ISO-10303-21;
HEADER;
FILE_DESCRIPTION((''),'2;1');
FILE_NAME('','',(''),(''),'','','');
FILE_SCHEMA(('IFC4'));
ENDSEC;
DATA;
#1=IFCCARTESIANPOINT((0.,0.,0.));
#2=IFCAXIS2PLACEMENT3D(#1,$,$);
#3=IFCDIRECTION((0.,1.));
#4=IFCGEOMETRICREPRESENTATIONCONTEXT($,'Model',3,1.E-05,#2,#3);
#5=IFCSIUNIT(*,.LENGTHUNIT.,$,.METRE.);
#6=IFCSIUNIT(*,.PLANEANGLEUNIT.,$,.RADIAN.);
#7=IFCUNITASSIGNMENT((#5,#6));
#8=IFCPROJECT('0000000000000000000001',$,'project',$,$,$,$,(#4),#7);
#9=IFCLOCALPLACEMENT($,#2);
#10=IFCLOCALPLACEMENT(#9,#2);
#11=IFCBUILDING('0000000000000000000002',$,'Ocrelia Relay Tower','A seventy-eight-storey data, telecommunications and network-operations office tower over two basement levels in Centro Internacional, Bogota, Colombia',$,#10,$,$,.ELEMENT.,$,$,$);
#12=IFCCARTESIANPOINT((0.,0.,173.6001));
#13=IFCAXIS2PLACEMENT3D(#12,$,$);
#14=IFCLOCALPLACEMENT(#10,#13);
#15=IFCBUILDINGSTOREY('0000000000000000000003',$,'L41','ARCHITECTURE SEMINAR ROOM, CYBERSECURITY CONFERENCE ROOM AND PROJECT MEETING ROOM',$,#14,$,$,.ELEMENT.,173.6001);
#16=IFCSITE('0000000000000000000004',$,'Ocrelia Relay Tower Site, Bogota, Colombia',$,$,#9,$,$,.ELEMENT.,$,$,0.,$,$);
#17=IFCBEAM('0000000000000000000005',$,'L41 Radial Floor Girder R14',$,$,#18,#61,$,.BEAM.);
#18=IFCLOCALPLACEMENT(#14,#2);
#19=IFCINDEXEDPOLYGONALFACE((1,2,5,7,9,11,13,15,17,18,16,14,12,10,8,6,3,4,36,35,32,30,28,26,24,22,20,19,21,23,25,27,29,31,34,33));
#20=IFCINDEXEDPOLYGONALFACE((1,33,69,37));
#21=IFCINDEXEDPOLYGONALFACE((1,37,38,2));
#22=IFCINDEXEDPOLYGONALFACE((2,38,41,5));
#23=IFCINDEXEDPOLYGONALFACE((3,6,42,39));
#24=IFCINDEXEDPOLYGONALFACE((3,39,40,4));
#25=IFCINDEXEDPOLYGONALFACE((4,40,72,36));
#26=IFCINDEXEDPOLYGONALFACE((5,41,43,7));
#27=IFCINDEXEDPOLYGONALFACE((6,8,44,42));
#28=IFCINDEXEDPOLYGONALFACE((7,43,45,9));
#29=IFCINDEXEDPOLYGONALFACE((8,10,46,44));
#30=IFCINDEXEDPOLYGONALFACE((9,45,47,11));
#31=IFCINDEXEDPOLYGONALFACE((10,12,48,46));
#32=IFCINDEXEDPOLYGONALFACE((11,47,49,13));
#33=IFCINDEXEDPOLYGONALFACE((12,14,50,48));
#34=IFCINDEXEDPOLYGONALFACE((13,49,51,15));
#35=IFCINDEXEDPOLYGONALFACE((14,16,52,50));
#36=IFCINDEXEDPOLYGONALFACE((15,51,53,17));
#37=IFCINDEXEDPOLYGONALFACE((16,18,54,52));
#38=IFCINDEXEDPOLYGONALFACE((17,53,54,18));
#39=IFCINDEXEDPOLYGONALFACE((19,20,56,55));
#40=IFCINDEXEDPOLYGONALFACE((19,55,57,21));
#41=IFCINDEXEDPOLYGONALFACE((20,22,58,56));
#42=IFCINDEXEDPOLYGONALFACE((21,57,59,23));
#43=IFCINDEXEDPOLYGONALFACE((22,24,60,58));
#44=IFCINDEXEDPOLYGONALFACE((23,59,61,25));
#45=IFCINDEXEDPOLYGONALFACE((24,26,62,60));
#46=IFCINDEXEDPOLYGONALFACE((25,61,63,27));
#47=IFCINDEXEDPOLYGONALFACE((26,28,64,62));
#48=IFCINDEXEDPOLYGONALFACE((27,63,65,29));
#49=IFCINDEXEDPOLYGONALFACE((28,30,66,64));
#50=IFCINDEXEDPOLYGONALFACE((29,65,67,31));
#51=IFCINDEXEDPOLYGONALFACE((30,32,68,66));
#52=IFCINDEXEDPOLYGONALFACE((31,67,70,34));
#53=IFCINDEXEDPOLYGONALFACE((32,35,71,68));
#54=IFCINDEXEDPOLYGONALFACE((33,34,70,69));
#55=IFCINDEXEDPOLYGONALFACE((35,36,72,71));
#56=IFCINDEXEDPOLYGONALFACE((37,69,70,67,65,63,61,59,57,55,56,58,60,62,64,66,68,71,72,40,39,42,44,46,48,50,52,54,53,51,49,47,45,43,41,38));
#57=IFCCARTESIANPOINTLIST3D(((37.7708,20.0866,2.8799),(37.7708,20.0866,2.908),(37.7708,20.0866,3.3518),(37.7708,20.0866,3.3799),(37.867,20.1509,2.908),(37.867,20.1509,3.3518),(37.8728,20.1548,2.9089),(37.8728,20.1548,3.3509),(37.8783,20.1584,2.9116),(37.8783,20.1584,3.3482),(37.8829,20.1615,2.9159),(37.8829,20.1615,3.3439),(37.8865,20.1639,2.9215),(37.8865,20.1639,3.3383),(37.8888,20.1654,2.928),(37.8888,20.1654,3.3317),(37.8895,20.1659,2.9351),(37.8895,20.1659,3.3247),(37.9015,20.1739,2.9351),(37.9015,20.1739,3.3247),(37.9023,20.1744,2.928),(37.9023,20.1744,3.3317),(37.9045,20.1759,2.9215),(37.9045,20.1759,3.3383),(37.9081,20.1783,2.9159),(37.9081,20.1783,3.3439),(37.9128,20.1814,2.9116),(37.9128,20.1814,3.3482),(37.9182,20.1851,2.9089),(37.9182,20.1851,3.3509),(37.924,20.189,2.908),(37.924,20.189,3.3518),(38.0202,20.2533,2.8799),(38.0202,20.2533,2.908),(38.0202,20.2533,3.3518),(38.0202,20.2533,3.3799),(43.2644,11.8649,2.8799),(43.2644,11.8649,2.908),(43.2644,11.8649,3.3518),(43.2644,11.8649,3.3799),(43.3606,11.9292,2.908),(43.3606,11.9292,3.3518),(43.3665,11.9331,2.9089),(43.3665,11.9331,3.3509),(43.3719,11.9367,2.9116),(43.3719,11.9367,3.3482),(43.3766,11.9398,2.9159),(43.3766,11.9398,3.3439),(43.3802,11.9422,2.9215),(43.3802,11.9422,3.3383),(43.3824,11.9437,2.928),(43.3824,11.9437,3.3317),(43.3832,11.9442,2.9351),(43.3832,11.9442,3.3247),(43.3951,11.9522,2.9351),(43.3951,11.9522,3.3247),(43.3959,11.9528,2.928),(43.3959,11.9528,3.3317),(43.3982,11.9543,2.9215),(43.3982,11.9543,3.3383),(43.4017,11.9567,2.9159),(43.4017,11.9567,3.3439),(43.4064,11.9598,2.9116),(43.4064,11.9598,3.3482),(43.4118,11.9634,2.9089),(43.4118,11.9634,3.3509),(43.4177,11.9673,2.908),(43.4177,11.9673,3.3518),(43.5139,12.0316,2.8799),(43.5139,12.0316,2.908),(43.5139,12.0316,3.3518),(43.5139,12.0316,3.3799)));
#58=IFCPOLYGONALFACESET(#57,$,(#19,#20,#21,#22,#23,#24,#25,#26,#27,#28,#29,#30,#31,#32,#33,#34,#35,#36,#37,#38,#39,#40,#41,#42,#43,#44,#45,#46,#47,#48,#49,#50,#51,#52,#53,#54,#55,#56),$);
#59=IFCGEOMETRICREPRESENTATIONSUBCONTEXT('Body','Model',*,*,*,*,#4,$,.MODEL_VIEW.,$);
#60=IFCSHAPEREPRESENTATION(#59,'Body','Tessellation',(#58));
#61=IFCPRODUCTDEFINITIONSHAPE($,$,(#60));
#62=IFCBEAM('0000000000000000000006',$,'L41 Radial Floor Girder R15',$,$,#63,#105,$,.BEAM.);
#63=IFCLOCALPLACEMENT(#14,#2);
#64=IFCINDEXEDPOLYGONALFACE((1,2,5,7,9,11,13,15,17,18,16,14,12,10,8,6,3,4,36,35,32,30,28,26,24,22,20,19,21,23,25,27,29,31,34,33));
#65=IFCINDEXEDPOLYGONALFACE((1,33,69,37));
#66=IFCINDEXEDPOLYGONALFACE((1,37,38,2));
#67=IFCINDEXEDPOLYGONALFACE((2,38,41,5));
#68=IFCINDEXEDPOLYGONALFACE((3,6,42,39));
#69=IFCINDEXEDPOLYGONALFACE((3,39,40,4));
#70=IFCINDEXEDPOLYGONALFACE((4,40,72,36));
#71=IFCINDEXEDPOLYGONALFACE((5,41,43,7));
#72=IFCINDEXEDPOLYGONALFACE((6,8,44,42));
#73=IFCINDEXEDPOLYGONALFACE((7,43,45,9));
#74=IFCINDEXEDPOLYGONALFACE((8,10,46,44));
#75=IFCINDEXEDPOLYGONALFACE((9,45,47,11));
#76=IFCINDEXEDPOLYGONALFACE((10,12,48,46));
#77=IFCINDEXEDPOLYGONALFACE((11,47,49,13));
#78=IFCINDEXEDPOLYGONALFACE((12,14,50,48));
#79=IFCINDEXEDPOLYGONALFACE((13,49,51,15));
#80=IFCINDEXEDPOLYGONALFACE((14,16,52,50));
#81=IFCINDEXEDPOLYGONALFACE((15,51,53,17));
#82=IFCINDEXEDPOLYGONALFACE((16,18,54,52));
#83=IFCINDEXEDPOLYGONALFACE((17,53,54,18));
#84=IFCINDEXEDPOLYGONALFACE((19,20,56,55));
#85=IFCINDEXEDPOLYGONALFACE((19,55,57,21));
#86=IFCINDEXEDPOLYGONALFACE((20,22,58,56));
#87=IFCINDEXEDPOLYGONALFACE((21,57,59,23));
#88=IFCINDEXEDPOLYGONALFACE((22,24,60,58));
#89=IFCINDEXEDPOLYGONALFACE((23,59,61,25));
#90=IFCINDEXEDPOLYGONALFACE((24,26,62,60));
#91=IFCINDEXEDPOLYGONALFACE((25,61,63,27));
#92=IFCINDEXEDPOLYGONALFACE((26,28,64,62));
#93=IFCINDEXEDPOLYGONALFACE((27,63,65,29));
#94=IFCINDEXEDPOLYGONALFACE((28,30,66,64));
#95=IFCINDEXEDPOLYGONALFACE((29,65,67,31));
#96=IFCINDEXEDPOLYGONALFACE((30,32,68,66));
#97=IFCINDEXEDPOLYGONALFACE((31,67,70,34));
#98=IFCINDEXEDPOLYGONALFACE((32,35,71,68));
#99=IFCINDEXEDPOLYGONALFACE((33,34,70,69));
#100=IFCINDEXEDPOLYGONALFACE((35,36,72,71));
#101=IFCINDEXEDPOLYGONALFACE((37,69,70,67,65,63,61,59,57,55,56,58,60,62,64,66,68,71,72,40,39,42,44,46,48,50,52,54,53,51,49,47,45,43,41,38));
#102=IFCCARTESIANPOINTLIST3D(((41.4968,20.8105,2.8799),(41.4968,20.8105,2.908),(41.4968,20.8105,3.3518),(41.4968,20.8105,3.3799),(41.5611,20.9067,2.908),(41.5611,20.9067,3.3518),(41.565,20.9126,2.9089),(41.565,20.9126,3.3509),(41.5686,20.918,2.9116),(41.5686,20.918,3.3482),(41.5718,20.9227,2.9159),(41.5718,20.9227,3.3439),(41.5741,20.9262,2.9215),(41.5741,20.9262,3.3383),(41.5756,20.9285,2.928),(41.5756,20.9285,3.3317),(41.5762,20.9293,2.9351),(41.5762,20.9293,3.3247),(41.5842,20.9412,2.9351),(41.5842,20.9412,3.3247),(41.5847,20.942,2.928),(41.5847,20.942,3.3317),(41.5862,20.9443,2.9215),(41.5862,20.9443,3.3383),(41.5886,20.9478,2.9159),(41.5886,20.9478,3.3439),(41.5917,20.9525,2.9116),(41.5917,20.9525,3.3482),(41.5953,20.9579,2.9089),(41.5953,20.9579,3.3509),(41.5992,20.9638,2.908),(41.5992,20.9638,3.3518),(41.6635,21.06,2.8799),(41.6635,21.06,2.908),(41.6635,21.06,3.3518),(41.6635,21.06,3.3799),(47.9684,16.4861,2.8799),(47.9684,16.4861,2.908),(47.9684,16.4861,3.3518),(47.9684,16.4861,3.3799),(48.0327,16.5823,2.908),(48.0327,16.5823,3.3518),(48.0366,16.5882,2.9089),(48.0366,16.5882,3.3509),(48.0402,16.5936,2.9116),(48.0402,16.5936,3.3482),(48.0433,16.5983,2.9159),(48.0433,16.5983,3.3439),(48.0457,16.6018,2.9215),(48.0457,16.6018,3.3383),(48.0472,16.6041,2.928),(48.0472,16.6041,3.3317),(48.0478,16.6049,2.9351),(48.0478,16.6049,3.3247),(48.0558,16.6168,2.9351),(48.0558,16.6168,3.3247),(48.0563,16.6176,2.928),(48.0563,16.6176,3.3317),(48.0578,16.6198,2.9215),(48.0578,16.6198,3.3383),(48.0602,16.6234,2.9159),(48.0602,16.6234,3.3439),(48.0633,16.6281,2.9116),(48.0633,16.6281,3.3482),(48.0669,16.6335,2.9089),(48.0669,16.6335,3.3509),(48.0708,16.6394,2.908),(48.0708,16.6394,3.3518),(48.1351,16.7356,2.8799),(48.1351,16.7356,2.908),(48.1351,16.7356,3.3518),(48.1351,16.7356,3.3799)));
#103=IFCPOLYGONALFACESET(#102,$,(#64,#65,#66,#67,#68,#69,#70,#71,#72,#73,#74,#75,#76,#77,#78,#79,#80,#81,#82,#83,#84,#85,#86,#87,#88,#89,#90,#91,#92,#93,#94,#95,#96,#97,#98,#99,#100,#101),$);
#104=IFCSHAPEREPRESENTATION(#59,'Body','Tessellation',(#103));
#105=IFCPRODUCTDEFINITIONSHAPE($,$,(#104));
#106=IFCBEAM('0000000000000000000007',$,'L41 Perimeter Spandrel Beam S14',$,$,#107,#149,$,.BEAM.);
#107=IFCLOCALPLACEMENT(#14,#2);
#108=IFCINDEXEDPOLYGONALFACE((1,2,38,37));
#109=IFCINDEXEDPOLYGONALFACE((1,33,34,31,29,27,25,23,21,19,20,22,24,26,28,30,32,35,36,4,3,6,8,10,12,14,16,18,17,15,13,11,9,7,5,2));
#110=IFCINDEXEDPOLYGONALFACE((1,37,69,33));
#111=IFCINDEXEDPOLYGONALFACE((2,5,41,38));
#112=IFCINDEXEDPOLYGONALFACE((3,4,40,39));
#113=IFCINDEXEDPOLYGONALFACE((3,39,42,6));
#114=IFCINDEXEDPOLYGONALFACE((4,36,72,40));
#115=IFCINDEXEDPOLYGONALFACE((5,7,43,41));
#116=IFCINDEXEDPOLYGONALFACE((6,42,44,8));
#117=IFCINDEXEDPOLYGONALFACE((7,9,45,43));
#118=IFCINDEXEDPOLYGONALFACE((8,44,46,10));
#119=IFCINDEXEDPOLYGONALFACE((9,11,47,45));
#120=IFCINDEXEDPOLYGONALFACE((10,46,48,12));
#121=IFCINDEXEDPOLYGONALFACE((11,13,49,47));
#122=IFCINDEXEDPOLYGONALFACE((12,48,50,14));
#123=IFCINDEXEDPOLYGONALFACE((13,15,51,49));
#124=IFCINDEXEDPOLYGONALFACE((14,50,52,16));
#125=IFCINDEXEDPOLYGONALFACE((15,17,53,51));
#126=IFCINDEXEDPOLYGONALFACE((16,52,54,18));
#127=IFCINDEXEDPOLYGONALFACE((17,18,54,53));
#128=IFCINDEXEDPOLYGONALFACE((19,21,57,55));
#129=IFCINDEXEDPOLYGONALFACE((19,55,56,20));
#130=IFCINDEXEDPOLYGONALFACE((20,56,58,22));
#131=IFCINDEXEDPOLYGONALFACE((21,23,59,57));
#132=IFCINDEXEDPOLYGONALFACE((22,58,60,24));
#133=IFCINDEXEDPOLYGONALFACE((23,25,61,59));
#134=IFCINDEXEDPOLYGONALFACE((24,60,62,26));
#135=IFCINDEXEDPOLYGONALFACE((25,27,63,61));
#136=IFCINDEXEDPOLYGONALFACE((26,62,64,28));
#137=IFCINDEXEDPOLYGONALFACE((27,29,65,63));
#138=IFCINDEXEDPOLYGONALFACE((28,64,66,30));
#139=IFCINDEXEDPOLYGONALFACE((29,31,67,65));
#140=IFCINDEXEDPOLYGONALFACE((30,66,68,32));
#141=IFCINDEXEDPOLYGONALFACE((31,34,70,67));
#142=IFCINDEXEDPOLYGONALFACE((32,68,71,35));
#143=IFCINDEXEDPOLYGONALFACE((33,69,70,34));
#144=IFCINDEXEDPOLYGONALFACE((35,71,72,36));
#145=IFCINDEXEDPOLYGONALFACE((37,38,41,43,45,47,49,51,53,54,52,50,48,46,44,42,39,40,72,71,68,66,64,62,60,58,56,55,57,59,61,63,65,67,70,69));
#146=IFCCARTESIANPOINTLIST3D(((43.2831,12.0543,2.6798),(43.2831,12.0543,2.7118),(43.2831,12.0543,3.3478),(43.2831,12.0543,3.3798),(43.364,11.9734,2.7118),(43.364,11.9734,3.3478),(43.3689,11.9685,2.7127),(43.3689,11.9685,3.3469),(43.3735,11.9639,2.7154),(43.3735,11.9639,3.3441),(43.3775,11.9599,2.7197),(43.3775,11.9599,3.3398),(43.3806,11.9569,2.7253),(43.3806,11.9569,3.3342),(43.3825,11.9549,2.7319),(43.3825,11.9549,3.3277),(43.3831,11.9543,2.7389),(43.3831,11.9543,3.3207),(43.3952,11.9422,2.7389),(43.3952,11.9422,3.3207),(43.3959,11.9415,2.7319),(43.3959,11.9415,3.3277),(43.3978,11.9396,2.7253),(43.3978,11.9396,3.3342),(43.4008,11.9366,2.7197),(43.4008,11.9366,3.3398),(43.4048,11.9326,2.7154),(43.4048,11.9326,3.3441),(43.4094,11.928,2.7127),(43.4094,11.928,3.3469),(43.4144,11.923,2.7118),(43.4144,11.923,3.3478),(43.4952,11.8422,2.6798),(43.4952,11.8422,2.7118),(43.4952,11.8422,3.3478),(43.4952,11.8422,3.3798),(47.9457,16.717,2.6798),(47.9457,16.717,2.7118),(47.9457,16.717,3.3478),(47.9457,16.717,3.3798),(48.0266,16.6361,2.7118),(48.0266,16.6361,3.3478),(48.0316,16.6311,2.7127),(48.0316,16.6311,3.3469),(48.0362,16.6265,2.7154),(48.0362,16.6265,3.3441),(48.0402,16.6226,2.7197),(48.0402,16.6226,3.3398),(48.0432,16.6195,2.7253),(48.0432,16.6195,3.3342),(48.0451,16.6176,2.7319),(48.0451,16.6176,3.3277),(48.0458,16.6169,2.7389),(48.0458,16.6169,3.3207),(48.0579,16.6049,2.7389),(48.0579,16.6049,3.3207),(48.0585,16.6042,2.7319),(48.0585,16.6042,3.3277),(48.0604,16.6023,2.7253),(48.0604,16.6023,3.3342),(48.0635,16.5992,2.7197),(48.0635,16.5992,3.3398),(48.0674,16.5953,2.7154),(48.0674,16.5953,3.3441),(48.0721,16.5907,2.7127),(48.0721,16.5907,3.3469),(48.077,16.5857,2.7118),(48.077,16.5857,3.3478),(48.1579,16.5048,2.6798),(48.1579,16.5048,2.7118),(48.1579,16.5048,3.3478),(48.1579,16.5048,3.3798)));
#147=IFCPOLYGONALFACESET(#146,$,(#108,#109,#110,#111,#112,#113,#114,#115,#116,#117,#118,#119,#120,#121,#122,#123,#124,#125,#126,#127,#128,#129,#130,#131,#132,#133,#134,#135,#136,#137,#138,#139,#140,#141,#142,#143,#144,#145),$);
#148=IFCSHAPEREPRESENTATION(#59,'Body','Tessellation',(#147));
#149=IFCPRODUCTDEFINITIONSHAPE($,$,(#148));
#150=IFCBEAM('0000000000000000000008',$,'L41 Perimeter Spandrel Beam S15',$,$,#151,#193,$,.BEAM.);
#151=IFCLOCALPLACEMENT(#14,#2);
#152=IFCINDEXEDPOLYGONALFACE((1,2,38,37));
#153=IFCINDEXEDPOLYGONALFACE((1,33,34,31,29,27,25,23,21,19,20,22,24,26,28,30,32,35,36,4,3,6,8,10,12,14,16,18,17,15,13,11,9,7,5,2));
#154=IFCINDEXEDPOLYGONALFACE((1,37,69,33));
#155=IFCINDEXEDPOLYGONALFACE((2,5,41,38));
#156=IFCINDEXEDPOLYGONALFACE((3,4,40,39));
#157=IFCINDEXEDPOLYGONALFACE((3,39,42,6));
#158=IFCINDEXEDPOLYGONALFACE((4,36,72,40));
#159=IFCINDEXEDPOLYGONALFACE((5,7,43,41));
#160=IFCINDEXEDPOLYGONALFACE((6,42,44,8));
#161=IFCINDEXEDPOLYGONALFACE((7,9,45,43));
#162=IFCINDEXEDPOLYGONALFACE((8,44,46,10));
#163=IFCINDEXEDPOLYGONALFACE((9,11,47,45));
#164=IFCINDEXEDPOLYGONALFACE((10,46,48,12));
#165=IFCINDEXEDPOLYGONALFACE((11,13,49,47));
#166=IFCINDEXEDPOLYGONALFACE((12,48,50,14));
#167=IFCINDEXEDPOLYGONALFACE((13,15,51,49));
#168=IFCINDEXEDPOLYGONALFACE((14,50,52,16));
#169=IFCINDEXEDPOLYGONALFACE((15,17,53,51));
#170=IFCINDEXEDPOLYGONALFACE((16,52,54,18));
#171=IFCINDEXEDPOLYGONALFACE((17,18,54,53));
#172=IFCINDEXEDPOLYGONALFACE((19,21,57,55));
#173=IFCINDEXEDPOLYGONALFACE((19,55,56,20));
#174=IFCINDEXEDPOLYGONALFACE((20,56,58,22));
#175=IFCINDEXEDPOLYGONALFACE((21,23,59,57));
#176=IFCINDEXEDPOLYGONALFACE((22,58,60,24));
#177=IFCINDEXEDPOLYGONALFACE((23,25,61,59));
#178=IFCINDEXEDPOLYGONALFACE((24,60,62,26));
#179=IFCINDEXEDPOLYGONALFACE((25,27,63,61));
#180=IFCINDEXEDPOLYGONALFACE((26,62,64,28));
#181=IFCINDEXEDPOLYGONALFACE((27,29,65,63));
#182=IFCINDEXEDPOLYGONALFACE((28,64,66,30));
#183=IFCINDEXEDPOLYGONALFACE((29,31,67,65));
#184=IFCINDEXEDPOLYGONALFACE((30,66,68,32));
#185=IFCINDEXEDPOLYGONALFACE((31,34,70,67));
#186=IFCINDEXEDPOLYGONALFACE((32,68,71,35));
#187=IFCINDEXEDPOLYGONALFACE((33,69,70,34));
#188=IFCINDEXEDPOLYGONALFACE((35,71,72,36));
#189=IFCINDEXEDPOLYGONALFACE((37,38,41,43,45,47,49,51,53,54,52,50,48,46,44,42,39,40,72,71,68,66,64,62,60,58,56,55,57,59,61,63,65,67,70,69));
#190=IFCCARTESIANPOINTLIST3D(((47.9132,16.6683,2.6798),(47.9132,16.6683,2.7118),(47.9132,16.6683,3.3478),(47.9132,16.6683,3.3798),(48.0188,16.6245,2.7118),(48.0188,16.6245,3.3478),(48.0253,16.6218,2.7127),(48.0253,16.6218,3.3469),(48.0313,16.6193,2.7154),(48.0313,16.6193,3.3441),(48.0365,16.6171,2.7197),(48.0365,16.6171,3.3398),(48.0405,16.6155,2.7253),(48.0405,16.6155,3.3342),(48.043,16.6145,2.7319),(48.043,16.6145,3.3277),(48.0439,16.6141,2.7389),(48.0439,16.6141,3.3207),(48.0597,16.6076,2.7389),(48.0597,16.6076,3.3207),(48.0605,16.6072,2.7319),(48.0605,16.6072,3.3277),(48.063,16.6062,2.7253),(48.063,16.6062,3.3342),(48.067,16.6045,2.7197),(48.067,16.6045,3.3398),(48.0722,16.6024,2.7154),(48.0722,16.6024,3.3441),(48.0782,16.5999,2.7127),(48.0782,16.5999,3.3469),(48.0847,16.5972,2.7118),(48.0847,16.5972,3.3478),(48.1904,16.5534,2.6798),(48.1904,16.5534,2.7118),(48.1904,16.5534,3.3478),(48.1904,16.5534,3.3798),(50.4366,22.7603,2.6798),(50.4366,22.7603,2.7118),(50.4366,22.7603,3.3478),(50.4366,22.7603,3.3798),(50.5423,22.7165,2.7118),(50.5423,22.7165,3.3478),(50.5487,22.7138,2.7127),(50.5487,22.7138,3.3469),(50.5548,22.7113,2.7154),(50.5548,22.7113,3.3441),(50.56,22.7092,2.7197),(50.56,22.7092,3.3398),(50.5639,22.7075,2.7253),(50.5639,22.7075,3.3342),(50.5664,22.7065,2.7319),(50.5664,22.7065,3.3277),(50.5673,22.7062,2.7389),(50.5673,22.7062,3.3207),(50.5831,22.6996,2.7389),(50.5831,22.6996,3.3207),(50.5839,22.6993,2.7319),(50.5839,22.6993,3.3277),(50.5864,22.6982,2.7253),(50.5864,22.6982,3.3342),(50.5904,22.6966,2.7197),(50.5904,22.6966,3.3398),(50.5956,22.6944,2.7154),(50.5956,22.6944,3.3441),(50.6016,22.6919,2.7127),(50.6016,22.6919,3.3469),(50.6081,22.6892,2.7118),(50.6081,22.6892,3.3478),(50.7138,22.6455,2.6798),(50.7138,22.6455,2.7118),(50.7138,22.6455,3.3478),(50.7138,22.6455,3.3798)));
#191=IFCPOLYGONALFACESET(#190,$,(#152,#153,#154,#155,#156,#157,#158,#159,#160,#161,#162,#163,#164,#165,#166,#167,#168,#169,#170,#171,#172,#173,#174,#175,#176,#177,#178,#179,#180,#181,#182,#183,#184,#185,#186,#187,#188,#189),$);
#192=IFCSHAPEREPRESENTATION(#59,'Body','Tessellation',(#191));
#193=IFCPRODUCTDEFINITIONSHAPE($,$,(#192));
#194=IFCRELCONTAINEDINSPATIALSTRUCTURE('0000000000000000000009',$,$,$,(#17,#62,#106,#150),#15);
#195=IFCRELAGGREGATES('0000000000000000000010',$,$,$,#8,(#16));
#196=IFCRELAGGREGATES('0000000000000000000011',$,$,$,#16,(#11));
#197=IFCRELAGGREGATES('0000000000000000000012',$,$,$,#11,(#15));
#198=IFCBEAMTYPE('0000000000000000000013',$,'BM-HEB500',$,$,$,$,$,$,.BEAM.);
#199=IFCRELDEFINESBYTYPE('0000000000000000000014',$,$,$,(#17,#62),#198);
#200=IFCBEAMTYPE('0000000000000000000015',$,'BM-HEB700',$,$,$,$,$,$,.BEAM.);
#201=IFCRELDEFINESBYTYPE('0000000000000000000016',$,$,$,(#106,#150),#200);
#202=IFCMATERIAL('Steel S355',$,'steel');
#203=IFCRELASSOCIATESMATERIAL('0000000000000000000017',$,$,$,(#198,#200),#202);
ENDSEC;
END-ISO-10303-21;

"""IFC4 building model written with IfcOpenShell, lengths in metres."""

from ifc_helpers import new_model, si_unit, direction, frame, origin, origin_2d, place, context, subcontext, project, spatial, i_section, extrude, material, material_profile, profile_set, type_object, element, save


model = new_model("IFC4")

# Units and contexts
model_context = context("Model", 3, precision=1e-05, world=origin(), true_north=direction((0.0, 1.0)))
body_context = subcontext(model_context, "Body", "Model", "MODEL_VIEW")
ifc_project = project(units=[si_unit("LENGTHUNIT", "METRE"), si_unit("PLANEANGLEUNIT", "RADIAN")], contexts=[model_context])

# Site, building, storey
site_placement = place(None, origin())
site = spatial("IfcSite", under=ifc_project, at=site_placement, Name="Ocrelia Relay Tower Site, Bogota, Colombia", CompositionType="ELEMENT", RefElevation=0.0)
building_placement = place(site_placement, origin())
building = spatial("IfcBuilding", under=site, at=building_placement, Name="Ocrelia Relay Tower", Description="A seventy-eight-storey data, telecommunications and network-operations office tower over two basement levels in Centro Internacional, Bogota, Colombia", CompositionType="ELEMENT")
storey_placement = place(building_placement, frame((0.0, 0.0, 173.6001)))
storey = spatial("IfcBuildingStorey", under=building, at=storey_placement, Name="L41", Description="ARCHITECTURE SEMINAR ROOM, CYBERSECURITY CONFERENCE ROOM AND PROJECT MEETING ROOM", CompositionType="ELEMENT", Elevation=173.6001)

# Beams
ifc_material_1 = material(Name="Steel S355", Category="steel")
ifc_material_profile_1 = material_profile(ifc_material_1, i_section(OverallWidth=0.3, OverallDepth=0.5, WebThickness=0.0144, FlangeThickness=0.0281, FilletRadius=0.0271, at=origin_2d()), Name="HEB 500")
ifc_profile_set_1 = profile_set([ifc_material_profile_1], Name="Steel S355")
beam_type_1 = type_object("IfcBeamType", Name="BM-HEB500", PredefinedType="BEAM", material=ifc_profile_set_1)
beam_1_placement = place(storey_placement, frame((43.3892, 11.9482, 3.1299), z_axis=(-0.555577, 0.831465, 0.0), x_axis=(-0.831465, -0.555577, 0.0)))
element("IfcBeam", 1, at=beam_1_placement, inside=storey, type_object=beam_type_1, Name="L41 Radial Floor Girder R14", PredefinedType="BEAM", context=body_context, shape_type="SweptSolid", body=[
    extrude(i_section(OverallWidth=0.3, OverallDepth=0.5, WebThickness=0.0144, FlangeThickness=0.0281, FilletRadius=0.0271, at=origin_2d()), origin(), (0.0, 0.0, 1.0), 9.8882),
])
beam_2_placement = place(storey_placement, frame((48.0518, 16.6108, 3.1299), z_axis=(-0.831456, 0.55559, 0.0), x_axis=(-0.55559, -0.831456, 0.0)))
element("IfcBeam", 2, at=beam_2_placement, inside=storey, type_object=beam_type_1, Name="L41 Radial Floor Girder R15", PredefinedType="BEAM", context=body_context, shape_type="SweptSolid", body=[
    extrude(i_section(OverallWidth=0.3, OverallDepth=0.5, WebThickness=0.0144, FlangeThickness=0.0281, FilletRadius=0.0271, at=origin_2d()), origin(), (0.0, 0.0, 1.0), 7.7834),
])
ifc_material_profile_2 = material_profile(ifc_material_1, i_section(OverallWidth=0.3, OverallDepth=0.7, WebThickness=0.0171, FlangeThickness=0.032, FilletRadius=0.0271, at=origin_2d()), Name="HEB 700")
ifc_profile_set_2 = profile_set([ifc_material_profile_2], Name="Steel S355")
beam_type_2 = type_object("IfcBeamType", Name="BM-HEB700", PredefinedType="BEAM", material=ifc_profile_set_2)
for number, where, z_axis, x_axis, name in (
    (3, (43.3892, 11.9482, 3.0298), (0.707107, 0.707107, 0.0), (-0.707107, 0.707107, 0.0), "L41 Perimeter Spandrel Beam S14"),
    (4, (48.0518, 16.6108, 3.0298), (0.382688, 0.923878, 0.0), (-0.923878, 0.382688, 0.0), "L41 Perimeter Spandrel Beam S15"),
):
    element("IfcBeam", number, at=place(storey_placement, frame(where, z_axis=z_axis, x_axis=x_axis)), inside=storey, type_object=beam_type_2, Name=name, PredefinedType="BEAM", context=body_context, shape_type="SweptSolid", body=[
        extrude(i_section(OverallWidth=0.3, OverallDepth=0.7, WebThickness=0.0171, FlangeThickness=0.032, FilletRadius=0.0271, at=origin_2d()), origin(), (0.0, 0.0, 1.0), 6.594),
    ])

save(model, "model.ifc")
